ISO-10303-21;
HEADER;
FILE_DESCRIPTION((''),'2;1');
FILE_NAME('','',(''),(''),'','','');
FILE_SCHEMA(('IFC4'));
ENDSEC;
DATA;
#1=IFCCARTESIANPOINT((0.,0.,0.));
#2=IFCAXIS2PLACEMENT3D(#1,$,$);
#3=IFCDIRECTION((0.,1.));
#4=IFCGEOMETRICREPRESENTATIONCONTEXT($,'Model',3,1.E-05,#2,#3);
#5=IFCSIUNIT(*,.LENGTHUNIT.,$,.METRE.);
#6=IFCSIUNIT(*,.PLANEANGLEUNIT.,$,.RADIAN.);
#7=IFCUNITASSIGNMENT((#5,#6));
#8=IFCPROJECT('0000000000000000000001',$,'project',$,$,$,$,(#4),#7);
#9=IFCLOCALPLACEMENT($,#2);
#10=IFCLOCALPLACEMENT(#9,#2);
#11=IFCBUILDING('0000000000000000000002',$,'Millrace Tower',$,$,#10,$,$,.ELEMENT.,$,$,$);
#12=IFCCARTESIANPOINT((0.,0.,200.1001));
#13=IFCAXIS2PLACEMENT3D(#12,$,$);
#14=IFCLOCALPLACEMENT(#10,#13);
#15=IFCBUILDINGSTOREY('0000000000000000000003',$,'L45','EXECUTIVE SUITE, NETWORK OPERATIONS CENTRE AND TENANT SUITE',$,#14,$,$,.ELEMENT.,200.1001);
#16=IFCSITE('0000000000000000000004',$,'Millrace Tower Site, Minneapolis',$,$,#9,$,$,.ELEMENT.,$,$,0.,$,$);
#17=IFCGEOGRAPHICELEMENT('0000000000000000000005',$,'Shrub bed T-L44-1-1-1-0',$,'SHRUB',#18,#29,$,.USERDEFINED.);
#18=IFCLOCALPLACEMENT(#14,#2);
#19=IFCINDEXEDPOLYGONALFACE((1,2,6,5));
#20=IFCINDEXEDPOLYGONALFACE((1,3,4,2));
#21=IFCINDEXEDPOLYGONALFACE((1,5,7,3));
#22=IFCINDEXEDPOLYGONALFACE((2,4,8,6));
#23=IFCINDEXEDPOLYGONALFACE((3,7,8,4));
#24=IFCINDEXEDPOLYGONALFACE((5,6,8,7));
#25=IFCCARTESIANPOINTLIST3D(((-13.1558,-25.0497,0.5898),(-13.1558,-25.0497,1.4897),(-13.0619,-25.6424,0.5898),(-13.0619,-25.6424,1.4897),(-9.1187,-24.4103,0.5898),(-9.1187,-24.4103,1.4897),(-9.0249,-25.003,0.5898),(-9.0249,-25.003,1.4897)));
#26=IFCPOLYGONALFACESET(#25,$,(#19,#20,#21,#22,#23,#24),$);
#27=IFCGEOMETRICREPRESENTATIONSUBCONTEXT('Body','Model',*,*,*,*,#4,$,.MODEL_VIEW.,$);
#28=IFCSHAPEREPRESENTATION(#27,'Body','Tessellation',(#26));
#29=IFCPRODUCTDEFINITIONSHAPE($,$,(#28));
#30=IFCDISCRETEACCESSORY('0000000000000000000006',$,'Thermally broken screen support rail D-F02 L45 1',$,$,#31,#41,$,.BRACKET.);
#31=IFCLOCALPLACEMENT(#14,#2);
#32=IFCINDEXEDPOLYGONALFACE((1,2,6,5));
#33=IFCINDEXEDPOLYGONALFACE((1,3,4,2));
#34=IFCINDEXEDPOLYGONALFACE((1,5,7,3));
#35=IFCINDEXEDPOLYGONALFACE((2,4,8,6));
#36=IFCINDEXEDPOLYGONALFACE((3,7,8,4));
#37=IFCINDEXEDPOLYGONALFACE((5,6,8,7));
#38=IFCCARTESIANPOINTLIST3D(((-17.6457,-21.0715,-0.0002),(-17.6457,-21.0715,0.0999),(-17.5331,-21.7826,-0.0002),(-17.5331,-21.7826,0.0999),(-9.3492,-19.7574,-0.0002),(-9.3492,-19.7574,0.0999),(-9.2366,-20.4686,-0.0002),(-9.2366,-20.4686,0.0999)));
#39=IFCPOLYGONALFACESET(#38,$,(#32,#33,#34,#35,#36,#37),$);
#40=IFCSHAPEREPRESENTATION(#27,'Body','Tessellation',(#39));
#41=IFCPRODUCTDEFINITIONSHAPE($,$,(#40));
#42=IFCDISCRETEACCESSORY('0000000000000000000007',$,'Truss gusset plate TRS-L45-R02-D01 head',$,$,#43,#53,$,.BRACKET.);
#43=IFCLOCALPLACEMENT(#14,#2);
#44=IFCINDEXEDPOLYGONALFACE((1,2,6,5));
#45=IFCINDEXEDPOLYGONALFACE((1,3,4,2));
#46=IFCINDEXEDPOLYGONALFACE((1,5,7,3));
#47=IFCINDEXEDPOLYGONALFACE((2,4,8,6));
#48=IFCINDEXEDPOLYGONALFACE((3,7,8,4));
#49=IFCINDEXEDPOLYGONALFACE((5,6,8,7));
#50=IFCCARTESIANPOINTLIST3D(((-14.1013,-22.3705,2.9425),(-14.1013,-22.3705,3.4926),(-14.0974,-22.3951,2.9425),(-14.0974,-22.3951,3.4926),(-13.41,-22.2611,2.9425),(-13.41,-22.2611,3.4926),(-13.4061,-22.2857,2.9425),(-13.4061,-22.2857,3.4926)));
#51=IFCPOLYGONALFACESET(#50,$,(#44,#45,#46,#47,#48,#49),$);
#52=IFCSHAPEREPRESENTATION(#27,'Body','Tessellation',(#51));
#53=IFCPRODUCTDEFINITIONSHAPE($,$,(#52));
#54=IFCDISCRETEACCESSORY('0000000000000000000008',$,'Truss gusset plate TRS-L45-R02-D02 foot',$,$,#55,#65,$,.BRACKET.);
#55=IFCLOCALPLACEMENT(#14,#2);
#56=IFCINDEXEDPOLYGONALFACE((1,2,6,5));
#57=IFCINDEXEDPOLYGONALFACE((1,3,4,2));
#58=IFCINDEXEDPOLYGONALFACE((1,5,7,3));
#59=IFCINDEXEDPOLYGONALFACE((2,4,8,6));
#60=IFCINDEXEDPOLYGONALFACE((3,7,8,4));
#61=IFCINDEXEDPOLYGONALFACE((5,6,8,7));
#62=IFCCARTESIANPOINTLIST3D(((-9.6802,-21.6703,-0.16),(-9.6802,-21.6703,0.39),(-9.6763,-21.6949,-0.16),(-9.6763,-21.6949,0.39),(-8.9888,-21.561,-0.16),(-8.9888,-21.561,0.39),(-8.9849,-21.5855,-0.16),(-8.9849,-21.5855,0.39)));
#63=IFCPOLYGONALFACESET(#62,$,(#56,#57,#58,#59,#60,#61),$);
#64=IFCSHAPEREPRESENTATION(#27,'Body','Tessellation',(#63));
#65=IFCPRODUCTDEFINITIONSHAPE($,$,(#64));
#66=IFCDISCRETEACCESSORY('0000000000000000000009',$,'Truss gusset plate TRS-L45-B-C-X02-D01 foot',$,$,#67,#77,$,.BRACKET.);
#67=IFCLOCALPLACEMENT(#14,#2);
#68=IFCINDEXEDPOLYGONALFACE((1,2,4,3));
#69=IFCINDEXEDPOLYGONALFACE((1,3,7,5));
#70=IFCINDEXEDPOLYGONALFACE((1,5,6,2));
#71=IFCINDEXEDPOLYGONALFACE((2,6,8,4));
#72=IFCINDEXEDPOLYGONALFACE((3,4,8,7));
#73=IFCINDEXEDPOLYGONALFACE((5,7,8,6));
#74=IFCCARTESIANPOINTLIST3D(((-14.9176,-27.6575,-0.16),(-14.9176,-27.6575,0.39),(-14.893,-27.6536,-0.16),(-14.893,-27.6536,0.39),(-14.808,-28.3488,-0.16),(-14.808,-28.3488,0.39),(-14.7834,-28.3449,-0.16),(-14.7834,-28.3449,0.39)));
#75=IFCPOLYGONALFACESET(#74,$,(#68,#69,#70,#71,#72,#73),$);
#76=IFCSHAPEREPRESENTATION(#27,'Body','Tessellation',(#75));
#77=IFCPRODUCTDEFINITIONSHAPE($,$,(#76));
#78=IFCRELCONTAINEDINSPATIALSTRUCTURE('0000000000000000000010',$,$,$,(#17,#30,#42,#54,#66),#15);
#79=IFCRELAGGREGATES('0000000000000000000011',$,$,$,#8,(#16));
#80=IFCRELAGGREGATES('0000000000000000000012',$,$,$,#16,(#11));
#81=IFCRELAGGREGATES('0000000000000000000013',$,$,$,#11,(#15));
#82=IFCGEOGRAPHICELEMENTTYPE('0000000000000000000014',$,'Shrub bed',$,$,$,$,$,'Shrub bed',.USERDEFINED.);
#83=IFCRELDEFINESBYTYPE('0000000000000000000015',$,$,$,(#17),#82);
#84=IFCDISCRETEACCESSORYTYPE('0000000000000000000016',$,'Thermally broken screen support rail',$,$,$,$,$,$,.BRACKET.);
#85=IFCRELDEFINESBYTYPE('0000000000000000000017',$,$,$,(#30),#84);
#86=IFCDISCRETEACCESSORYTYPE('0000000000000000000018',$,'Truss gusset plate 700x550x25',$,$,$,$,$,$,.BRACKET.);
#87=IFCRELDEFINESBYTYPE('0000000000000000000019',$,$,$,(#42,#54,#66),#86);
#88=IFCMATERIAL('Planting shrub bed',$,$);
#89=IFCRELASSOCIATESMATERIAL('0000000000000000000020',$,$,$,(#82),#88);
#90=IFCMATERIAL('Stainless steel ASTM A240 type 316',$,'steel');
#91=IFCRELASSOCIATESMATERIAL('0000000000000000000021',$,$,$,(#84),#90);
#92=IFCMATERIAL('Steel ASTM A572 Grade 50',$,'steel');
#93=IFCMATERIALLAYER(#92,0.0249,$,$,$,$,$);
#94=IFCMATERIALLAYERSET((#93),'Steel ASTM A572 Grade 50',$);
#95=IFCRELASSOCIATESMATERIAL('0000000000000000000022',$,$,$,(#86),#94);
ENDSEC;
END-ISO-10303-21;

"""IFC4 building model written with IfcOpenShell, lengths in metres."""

from ifc_helpers import new_model, si_unit, direction, frame, origin, origin_2d, place, context, subcontext, project, spatial, rectangle, extrude, material, layer, layer_set, type_object, element, save


model = new_model("IFC4")

# Units and contexts
model_context = context("Model", 3, precision=1e-05, world=origin(), true_north=direction((0.0, 1.0)))
body_context = subcontext(model_context, "Body", "Model", "MODEL_VIEW")
ifc_project = project(units=[si_unit("LENGTHUNIT", "METRE"), si_unit("PLANEANGLEUNIT", "RADIAN")], contexts=[model_context])

# Site, building, storey
site_placement = place(None, origin())
site = spatial("IfcSite", under=ifc_project, at=site_placement, Name="Millrace Tower Site, Minneapolis", CompositionType="ELEMENT", RefElevation=0.0)
building_placement = place(site_placement, origin())
building = spatial("IfcBuilding", under=site, at=building_placement, Name="Millrace Tower", CompositionType="ELEMENT")
storey_placement = place(building_placement, frame((0.0, 0.0, 200.1001)))
storey = spatial("IfcBuildingStorey", under=building, at=storey_placement, Name="L45", Description="EXECUTIVE SUITE, NETWORK OPERATIONS CENTRE AND TENANT SUITE", CompositionType="ELEMENT", Elevation=200.1001)

# Geographic element
ifc_material_1 = material(Name="Planting shrub bed")
geographic_element_type = type_object("IfcGeographicElementType", Name="Shrub bed", ElementType="Shrub bed", PredefinedType="USERDEFINED", material=ifc_material_1)
geographic_element_placement = place(storey_placement, frame((-11.0903, -25.0264, 0.5898), z_axis=(0.0, 0.0, 1.0), x_axis=(0.987688, 0.156434, 0.0)))
element("IfcGeographicElement", 1, at=geographic_element_placement, inside=storey, type_object=geographic_element_type, Name="Shrub bed T-L44-1-1-1-0", ObjectType="SHRUB", PredefinedType="USERDEFINED", context=body_context, shape_type="SweptSolid", body=[
    extrude(rectangle(XDim=4.0874, YDim=0.6001, at=origin_2d()), origin(), (0.0, 0.0, 1.0), 0.8999),
])

# Discrete accessories
ifc_material_2 = material(Name="Stainless steel ASTM A240 type 316", Category="steel")
discrete_accessory_type_1 = type_object("IfcDiscreteAccessoryType", Name="Thermally broken screen support rail", PredefinedType="BRACKET", material=ifc_material_2)
discrete_accessory_placement = place(storey_placement, frame((-13.4412, -20.77, -0.0002), z_axis=(0.0, 0.0, 1.0), x_axis=(0.987688, 0.156434, 0.0)))
element("IfcDiscreteAccessory", 2, at=discrete_accessory_placement, inside=storey, type_object=discrete_accessory_type_1, Name="Thermally broken screen support rail D-F02 L45 1", PredefinedType="BRACKET", context=body_context, shape_type="SweptSolid", body=[
    extrude(rectangle(XDim=8.3999, YDim=0.72, at=origin_2d()), origin(), (0.0, 0.0, 1.0), 0.1001),
])
ifc_material_3 = material(Name="Steel ASTM A572 Grade 50", Category="steel")
ifc_layer_1 = layer(ifc_material_3, 0.0249)
ifc_layer_set_1 = layer_set([ifc_layer_1], Name="Steel ASTM A572 Grade 50")
discrete_accessory_type_2 = type_object("IfcDiscreteAccessoryType", Name="Truss gusset plate 700x550x25", PredefinedType="BRACKET", material=ifc_layer_set_1)
for number, where, z_axis, x_axis, name in (
    (3, (-14.0994, -22.3828, 3.2175), (0.987718, 0.156249, 0.0), (-0.156249, 0.987718, 0.0), "Truss gusset plate TRS-L45-R02-D01 head"),
    (4, (-9.6782, -21.6826, 0.115), (0.987718, 0.156249, 0.0), (-0.156249, 0.987718, 0.0), "Truss gusset plate TRS-L45-R02-D02 foot"),
    (5, (-14.9053, -27.6555, 0.115), (0.156589, -0.987664, 0.0), (0.987664, 0.156589, 0.0), "Truss gusset plate TRS-L45-B-C-X02-D01 foot"),
):
    element("IfcDiscreteAccessory", number, at=place(storey_placement, frame(where, z_axis=z_axis, x_axis=x_axis)), inside=storey, type_object=discrete_accessory_type_2, Name=name, PredefinedType="BRACKET", context=body_context, shape_type="SweptSolid", body=[
        extrude(rectangle(XDim=0.0249, YDim=0.55, at=origin_2d()), origin(), (0.0, 0.0, 1.0), 0.7),
    ])

save(model, "model.ifc")
